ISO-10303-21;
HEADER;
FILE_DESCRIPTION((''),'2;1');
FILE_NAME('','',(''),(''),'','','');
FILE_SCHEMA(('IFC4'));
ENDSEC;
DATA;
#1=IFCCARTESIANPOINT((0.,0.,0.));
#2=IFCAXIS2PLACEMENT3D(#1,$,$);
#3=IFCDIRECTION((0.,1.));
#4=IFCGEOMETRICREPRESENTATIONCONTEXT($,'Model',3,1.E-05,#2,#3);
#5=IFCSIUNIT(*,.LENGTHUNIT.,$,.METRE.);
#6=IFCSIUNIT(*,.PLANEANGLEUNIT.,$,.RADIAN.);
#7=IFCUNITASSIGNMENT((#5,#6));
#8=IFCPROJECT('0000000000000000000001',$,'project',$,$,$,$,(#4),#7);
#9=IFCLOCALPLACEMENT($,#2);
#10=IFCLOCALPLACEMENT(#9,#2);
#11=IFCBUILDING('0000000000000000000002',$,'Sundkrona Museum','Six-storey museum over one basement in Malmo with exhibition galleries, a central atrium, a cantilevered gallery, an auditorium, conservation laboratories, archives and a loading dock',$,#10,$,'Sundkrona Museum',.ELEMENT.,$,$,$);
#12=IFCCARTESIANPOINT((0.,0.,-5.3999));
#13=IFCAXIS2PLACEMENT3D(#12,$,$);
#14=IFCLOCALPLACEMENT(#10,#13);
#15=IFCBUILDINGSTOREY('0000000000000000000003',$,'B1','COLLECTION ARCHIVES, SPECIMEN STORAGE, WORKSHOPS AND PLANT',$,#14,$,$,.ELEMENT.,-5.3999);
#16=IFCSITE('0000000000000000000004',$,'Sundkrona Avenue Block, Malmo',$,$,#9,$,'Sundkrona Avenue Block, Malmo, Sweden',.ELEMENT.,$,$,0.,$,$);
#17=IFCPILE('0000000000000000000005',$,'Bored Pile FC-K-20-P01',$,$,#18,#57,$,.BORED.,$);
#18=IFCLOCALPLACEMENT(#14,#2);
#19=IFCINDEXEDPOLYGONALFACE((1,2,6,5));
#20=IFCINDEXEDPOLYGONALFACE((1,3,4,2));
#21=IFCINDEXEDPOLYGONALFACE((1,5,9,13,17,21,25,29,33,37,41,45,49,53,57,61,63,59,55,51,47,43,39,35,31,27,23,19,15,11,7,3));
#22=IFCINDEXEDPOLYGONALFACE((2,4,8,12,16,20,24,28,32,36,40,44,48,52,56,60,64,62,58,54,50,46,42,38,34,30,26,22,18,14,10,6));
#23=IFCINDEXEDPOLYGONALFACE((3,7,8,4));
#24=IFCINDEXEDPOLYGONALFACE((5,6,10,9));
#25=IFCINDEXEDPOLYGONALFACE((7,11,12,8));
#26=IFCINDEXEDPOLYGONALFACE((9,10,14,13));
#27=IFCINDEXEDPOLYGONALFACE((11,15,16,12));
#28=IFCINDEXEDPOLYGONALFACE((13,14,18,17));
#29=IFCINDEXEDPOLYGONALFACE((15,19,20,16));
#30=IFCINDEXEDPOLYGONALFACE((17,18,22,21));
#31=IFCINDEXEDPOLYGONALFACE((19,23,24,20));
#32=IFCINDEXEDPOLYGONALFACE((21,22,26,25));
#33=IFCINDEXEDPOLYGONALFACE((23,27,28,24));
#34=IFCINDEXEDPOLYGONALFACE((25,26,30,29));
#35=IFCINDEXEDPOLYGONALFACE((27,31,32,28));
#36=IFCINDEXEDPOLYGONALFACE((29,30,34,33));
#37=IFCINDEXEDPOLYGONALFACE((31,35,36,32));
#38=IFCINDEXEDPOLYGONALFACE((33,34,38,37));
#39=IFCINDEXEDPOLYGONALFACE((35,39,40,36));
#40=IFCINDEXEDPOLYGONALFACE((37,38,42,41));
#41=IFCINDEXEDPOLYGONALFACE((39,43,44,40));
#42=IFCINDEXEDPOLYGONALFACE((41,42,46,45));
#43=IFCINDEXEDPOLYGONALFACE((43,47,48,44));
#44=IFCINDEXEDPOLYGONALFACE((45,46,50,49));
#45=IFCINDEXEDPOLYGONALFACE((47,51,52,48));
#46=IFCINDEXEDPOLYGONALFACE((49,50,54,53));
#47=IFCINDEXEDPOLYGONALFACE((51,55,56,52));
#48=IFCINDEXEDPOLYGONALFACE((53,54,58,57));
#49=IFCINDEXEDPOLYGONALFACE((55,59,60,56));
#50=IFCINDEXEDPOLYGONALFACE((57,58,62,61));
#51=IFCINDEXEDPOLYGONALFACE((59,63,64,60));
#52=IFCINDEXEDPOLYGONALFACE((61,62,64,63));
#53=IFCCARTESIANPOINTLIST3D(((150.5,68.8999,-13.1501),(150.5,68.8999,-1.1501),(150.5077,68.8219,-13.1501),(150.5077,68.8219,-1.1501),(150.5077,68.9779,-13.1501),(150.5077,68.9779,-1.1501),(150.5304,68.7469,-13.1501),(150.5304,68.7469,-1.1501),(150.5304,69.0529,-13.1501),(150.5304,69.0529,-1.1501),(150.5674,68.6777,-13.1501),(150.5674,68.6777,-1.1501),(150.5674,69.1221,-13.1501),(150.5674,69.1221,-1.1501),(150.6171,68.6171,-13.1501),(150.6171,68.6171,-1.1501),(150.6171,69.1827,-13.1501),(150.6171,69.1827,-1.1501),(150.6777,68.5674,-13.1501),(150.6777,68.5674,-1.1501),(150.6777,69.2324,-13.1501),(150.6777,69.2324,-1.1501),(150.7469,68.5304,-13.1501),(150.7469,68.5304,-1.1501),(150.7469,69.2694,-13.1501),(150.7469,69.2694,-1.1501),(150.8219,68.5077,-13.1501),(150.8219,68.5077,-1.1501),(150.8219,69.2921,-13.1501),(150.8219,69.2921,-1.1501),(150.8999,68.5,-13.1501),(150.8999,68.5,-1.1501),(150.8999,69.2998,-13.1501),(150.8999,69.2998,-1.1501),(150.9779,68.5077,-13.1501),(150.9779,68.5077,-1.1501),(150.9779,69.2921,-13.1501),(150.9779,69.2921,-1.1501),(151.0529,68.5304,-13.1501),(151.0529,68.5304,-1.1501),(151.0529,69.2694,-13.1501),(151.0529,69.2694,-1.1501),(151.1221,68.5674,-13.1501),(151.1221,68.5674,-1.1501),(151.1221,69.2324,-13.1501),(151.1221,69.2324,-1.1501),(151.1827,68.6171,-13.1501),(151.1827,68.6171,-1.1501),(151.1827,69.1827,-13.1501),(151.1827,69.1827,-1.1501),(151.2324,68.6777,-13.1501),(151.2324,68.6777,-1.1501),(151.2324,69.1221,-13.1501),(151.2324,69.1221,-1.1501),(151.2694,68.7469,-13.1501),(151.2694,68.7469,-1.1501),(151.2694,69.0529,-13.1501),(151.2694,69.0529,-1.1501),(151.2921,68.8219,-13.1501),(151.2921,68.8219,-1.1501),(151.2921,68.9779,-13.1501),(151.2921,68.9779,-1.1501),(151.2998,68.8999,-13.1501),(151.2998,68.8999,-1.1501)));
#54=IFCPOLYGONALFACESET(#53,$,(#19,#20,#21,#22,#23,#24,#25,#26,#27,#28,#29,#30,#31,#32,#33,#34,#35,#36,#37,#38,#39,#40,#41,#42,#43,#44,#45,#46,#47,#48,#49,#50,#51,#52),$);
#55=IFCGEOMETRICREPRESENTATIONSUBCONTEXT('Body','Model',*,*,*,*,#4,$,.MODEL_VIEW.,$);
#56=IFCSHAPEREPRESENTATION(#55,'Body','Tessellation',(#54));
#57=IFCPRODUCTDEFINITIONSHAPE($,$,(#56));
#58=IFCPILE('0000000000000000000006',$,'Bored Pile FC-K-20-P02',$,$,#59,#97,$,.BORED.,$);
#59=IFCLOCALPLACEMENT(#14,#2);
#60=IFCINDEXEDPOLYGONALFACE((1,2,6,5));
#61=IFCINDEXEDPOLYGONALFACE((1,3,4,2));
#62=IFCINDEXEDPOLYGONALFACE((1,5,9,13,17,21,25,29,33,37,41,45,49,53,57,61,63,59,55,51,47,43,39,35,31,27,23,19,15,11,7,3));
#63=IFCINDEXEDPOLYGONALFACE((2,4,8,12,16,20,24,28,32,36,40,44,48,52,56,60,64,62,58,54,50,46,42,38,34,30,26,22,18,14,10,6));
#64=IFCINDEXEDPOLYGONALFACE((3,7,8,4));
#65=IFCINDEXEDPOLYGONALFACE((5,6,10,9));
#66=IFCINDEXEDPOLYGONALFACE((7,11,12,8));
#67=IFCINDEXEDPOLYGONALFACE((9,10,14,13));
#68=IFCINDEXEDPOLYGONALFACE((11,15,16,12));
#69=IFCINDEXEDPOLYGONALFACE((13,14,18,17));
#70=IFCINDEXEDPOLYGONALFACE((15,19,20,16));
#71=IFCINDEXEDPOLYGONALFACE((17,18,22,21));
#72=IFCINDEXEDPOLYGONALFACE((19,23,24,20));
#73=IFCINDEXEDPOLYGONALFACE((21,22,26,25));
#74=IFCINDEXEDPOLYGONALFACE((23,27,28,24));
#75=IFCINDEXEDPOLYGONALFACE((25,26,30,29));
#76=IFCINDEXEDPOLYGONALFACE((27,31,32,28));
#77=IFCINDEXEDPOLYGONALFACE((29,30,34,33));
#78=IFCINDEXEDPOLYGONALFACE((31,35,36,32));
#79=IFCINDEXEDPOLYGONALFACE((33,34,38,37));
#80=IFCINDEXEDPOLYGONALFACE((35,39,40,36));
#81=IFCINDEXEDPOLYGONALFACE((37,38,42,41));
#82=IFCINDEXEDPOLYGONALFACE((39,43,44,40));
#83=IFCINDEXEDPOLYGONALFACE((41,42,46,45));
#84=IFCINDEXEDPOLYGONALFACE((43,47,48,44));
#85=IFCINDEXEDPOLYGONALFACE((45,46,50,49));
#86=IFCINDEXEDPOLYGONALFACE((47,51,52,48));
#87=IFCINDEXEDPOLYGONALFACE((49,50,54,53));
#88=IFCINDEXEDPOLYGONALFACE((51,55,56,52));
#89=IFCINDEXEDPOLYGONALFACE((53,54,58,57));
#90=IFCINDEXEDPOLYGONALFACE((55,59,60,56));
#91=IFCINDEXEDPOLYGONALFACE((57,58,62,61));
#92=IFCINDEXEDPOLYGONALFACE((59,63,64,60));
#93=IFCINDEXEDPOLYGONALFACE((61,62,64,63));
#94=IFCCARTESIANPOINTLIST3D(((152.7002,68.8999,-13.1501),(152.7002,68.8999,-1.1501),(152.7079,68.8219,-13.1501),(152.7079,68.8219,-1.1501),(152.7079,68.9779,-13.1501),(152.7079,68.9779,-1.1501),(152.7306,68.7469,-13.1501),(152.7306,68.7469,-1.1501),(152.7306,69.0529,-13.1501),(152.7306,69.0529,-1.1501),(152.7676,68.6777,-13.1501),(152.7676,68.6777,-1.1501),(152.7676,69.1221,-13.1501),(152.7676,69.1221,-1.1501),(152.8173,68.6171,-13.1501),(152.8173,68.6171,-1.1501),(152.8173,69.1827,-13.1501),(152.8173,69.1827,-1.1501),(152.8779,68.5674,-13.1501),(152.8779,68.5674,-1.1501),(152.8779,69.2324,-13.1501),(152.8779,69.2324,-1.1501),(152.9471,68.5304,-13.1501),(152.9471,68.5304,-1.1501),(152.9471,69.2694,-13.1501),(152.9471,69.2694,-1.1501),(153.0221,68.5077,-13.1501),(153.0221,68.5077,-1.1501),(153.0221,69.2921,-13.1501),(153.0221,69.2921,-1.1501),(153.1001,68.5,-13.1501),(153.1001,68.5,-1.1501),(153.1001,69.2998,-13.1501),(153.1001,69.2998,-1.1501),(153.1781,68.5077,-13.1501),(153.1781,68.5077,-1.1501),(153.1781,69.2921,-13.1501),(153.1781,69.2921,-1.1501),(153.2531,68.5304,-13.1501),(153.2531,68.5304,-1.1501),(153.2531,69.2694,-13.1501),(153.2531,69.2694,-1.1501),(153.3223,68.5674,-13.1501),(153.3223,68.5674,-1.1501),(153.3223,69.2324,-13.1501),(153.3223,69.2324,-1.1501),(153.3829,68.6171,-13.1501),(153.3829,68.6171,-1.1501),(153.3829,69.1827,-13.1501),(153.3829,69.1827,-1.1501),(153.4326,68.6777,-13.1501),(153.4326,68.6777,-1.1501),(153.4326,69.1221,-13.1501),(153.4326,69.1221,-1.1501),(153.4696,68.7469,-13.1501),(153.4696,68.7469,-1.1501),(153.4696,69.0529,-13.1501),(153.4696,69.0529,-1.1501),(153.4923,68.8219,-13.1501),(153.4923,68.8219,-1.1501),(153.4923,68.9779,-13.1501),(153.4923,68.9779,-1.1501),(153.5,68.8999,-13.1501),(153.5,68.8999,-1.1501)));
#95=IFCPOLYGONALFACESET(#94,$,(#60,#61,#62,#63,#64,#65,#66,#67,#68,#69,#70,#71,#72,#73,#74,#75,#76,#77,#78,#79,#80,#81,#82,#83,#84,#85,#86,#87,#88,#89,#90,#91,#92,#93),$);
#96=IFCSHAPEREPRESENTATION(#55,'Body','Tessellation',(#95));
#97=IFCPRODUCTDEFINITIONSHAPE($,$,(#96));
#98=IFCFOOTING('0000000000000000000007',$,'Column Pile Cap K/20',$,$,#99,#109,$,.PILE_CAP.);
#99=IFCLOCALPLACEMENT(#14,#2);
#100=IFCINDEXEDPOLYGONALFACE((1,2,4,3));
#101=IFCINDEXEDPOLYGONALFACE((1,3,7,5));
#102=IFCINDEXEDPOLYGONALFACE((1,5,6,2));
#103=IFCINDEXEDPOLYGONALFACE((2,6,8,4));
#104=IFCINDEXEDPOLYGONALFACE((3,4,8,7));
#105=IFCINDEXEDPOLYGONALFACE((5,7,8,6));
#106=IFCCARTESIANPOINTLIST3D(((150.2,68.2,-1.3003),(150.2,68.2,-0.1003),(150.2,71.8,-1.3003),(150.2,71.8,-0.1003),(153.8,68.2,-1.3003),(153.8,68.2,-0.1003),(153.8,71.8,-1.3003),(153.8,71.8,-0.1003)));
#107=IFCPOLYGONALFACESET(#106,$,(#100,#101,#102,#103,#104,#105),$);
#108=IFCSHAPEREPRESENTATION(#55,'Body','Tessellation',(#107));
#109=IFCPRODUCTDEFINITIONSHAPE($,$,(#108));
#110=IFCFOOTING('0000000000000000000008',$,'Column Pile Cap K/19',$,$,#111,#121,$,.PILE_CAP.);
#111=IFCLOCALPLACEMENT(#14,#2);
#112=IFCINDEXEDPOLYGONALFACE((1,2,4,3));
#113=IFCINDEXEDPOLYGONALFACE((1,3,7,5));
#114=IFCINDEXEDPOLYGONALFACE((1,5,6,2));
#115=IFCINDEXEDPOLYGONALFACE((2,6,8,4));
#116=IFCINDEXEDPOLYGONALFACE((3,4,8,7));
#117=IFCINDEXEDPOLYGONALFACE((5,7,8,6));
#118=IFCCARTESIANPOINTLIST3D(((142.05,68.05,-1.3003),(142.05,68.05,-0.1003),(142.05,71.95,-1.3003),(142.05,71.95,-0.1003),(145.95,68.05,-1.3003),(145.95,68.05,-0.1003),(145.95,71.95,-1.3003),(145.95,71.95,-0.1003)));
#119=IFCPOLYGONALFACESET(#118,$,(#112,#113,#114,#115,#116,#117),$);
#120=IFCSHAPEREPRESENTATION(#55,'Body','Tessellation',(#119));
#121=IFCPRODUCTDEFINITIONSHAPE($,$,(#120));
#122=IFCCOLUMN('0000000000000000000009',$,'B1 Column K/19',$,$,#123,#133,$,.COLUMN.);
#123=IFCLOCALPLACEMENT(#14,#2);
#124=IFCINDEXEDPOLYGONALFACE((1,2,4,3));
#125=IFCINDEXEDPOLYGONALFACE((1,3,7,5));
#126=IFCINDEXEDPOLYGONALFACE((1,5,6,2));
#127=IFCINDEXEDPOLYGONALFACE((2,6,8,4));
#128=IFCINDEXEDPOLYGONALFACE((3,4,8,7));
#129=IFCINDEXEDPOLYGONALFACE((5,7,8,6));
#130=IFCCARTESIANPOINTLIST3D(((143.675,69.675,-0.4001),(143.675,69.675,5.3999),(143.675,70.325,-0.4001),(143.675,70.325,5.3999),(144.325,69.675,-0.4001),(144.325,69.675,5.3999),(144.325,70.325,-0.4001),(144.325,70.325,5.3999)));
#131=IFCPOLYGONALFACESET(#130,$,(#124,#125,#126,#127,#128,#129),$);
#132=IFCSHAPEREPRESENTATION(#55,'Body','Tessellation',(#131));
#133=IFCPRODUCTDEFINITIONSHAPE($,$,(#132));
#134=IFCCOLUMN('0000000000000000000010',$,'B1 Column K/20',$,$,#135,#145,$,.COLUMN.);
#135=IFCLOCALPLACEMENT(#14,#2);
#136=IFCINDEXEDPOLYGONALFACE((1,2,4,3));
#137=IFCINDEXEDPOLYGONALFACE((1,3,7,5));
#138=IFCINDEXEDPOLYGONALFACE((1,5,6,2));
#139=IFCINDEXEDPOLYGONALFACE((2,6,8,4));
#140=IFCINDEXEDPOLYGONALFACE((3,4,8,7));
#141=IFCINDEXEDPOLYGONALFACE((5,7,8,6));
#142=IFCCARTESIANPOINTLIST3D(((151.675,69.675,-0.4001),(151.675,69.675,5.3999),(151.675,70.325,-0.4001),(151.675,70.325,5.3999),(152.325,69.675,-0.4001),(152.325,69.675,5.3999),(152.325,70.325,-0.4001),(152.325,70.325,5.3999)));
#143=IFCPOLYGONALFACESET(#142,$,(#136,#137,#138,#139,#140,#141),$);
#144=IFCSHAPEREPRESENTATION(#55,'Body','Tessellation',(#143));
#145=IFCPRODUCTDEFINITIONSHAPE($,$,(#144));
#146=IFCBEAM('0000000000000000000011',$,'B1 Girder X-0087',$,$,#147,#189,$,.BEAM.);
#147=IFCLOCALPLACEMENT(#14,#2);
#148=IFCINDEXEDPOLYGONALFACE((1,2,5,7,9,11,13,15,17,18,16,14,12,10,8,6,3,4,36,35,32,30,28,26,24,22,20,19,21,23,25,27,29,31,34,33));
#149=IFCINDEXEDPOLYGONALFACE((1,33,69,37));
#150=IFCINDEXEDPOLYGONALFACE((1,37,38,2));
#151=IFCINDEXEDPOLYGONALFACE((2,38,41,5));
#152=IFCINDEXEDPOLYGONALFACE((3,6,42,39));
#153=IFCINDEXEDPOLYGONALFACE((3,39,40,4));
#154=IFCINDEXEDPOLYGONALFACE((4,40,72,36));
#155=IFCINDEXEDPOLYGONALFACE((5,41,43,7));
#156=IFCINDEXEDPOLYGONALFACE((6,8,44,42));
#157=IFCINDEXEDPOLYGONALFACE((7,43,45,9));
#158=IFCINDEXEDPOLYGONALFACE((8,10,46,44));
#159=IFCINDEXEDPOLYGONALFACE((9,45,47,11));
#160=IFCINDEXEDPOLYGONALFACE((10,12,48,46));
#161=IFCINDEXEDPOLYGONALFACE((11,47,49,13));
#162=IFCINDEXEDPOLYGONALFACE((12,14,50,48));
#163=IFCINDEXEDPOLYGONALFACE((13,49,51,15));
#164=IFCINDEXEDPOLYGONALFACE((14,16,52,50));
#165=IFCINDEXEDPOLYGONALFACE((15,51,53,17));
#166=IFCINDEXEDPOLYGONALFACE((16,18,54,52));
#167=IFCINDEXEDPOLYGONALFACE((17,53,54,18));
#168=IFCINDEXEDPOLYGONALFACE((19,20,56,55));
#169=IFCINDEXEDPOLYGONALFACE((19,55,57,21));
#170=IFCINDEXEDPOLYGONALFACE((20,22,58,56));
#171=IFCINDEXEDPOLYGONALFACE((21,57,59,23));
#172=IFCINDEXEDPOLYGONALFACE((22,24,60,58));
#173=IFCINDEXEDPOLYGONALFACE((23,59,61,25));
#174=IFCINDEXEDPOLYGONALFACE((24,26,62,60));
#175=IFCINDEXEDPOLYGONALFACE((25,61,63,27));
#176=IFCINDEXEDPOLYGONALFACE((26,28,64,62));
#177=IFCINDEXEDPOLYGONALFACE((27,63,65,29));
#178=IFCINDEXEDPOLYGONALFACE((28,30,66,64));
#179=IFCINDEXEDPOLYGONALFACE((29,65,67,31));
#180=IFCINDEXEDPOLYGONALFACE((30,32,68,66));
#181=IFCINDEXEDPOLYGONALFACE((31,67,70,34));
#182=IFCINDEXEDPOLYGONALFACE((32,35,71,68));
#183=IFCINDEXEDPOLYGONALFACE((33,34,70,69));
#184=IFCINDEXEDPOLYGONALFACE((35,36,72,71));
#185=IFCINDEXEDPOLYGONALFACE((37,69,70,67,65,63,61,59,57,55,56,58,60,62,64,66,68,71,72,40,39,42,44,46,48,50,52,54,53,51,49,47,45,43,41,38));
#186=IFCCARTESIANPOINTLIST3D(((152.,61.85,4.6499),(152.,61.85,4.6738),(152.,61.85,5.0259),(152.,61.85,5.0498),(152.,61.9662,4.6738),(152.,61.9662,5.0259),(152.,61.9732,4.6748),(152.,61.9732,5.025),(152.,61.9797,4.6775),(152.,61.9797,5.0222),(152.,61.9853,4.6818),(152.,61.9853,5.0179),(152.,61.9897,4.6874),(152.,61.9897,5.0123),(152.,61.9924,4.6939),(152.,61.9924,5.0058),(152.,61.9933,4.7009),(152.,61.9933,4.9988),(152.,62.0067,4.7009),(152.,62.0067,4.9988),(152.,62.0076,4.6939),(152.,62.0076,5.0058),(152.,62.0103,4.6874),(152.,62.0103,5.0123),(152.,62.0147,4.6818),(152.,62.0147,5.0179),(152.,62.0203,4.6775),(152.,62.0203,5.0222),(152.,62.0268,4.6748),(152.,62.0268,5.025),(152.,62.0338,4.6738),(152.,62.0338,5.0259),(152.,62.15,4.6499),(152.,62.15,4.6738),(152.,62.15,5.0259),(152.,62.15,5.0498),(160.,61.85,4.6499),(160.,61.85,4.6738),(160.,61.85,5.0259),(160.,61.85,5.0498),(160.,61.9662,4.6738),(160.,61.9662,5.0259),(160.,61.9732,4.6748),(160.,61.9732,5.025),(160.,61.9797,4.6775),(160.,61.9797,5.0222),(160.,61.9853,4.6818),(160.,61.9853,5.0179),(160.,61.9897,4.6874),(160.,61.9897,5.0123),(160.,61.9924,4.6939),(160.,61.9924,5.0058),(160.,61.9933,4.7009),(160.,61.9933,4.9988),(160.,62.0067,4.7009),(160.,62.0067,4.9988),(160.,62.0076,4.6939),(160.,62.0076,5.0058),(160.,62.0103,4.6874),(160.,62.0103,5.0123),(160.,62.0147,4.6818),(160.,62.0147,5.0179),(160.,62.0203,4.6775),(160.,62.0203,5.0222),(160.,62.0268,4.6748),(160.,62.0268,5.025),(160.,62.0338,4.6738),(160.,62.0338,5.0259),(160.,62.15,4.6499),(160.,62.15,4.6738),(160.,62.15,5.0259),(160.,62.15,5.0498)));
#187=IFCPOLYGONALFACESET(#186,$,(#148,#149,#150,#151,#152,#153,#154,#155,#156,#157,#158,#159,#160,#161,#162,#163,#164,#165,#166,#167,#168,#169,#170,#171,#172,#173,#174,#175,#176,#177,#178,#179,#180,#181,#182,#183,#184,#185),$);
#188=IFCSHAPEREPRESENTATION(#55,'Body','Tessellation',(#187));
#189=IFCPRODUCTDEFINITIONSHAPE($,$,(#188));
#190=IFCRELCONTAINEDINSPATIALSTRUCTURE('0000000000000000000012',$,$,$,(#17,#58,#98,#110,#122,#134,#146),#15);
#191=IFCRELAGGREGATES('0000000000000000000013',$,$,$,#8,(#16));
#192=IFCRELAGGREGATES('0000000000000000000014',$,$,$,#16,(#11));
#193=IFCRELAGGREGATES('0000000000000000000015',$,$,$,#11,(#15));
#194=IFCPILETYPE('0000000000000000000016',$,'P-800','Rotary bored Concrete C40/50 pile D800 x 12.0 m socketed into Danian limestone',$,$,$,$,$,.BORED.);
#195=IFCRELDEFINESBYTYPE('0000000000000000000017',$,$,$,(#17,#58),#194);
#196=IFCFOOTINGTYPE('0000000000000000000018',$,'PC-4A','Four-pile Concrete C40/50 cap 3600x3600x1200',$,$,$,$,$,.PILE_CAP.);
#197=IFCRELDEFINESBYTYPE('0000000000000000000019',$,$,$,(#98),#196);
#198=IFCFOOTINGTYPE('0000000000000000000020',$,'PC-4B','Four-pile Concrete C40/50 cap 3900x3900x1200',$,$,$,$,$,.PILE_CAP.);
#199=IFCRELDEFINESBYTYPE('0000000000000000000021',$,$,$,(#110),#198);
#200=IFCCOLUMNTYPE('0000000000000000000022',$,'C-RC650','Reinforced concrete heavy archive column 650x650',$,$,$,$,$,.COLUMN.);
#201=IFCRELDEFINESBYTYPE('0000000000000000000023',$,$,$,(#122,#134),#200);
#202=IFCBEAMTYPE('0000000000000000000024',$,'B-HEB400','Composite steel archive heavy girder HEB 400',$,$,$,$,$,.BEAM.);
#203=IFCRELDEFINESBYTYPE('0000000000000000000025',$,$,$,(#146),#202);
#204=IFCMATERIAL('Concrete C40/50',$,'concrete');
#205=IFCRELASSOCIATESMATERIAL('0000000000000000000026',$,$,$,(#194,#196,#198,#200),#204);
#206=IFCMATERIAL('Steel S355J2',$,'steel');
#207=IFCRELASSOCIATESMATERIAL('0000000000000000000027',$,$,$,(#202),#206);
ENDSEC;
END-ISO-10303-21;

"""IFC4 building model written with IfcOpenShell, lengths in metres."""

from ifc_helpers import new_model, si_unit, direction, frame, origin, origin_2d, place, context, subcontext, project, spatial, rectangle, circle, i_section, extrude, material, material_profile, profile_set, type_object, element, save


model = new_model("IFC4")

# Units and contexts
model_context = context("Model", 3, precision=1e-05, world=origin(), true_north=direction((0.0, 1.0)))
body_context = subcontext(model_context, "Body", "Model", "MODEL_VIEW")
ifc_project = project(units=[si_unit("LENGTHUNIT", "METRE"), si_unit("PLANEANGLEUNIT", "RADIAN")], contexts=[model_context])

# Site, building, storey
site_placement = place(None, origin())
site = spatial("IfcSite", under=ifc_project, at=site_placement, Name="Sundkrona Avenue Block, Malmo", LongName="Sundkrona Avenue Block, Malmo, Sweden", CompositionType="ELEMENT", RefElevation=0.0)
building_placement = place(site_placement, origin())
building = spatial("IfcBuilding", under=site, at=building_placement, Name="Sundkrona Museum", Description="Six-storey museum over one basement in Malmo with exhibition galleries, a central atrium, a cantilevered gallery, an auditorium, conservation laboratories, archives and a loading dock", LongName="Sundkrona Museum", CompositionType="ELEMENT")
storey_placement = place(building_placement, frame((0.0, 0.0, -5.3999)))
storey = spatial("IfcBuildingStorey", under=building, at=storey_placement, Name="B1", Description="COLLECTION ARCHIVES, SPECIMEN STORAGE, WORKSHOPS AND PLANT", CompositionType="ELEMENT", Elevation=-5.3999)

# Shared definitions
ifc_material_1 = material(Name="Concrete C40/50", Category="concrete")

# Piles
ifc_material_profile_1 = material_profile(ifc_material_1, circle(Radius=0.3999, at=origin_2d()), Name="PILE D800")
ifc_profile_set_1 = profile_set([ifc_material_profile_1], Name="Concrete C40/50")
pile_type = type_object("IfcPileType", Name="P-800", Description="Rotary bored Concrete C40/50 pile D800 x 12.0 m socketed into Danian limestone", PredefinedType="BORED", material=ifc_profile_set_1)
for number, where, z_axis, x_axis, name in (
    (1, (150.8999, 68.8999, -1.1501), (0.0, 0.0, -1.0), (1.0, 0.0, 0.0), "Bored Pile FC-K-20-P01"),
    (2, (153.1001, 68.8999, -1.1501), (0.0, 0.0, -1.0), (1.0, 0.0, 0.0), "Bored Pile FC-K-20-P02"),
):
    element("IfcPile", number, at=place(storey_placement, frame(where, z_axis=z_axis, x_axis=x_axis)), inside=storey, type_object=pile_type, Name=name, PredefinedType="BORED", context=body_context, shape_type="SweptSolid", body=[
        extrude(circle(Radius=0.3999, at=origin_2d()), origin(), (0.0, 0.0, 1.0), 12.0),
    ])

# Footings
footing_type_1 = type_object("IfcFootingType", Name="PC-4A", Description="Four-pile Concrete C40/50 cap 3600x3600x1200", PredefinedType="PILE_CAP", material=ifc_material_1)
footing_1_placement = place(storey_placement, frame((152.0, 70.0, -1.3003), z_axis=(0.0, 0.0, 1.0), x_axis=(1.0, 0.0, 0.0)))
element("IfcFooting", 3, at=footing_1_placement, inside=storey, type_object=footing_type_1, Name="Column Pile Cap K/20", PredefinedType="PILE_CAP", context=body_context, shape_type="SweptSolid", body=[
    extrude(rectangle(XDim=3.6001, YDim=3.6001, at=origin_2d()), origin(), (0.0, 0.0, 1.0), 1.2),
])
footing_type_2 = type_object("IfcFootingType", Name="PC-4B", Description="Four-pile Concrete C40/50 cap 3900x3900x1200", PredefinedType="PILE_CAP", material=ifc_material_1)
footing_2_placement = place(storey_placement, frame((144.0, 70.0, -1.3003), z_axis=(0.0, 0.0, 1.0), x_axis=(1.0, 0.0, 0.0)))
element("IfcFooting", 4, at=footing_2_placement, inside=storey, type_object=footing_type_2, Name="Column Pile Cap K/19", PredefinedType="PILE_CAP", context=body_context, shape_type="SweptSolid", body=[
    extrude(rectangle(XDim=3.8999, YDim=3.8999, at=origin_2d()), origin(), (0.0, 0.0, 1.0), 1.2),
])

# Columns
ifc_material_profile_2 = material_profile(ifc_material_1, rectangle(XDim=0.6499, YDim=0.6499, at=origin_2d()), Name="RC 650x650")
ifc_profile_set_2 = profile_set([ifc_material_profile_2], Name="Concrete C40/50")
column_type = type_object("IfcColumnType", Name="C-RC650", Description="Reinforced concrete heavy archive column 650x650", PredefinedType="COLUMN", material=ifc_profile_set_2)
for number, where, z_axis, x_axis, name in (
    (5, (144.0, 70.0, -0.4001), (0.0, 0.0, 1.0), (1.0, 0.0, 0.0), "B1 Column K/19"),
    (6, (152.0, 70.0, -0.4001), (0.0, 0.0, 1.0), (1.0, 0.0, 0.0), "B1 Column K/20"),
):
    element("IfcColumn", number, at=place(storey_placement, frame(where, z_axis=z_axis, x_axis=x_axis)), inside=storey, type_object=column_type, Name=name, PredefinedType="COLUMN", context=body_context, shape_type="SweptSolid", body=[
        extrude(rectangle(XDim=0.6499, YDim=0.6499, at=origin_2d()), origin(), (0.0, 0.0, 1.0), 5.8),
    ])

# Beam
ifc_material_2 = material(Name="Steel S355J2", Category="steel")
ifc_material_profile_3 = material_profile(ifc_material_2, i_section(OverallWidth=0.3, OverallDepth=0.3999, WebThickness=0.0134, FlangeThickness=0.0239, FilletRadius=0.0271, at=origin_2d()), Name="HEB 400")
ifc_profile_set_3 = profile_set([ifc_material_profile_3], Name="Steel S355J2")
beam_type_1 = type_object("IfcBeamType", Name="B-HEB400", Description="Composite steel archive heavy girder HEB 400", PredefinedType="BEAM", material=ifc_profile_set_3)
for number, where, z_axis, x_axis, name in (
    (7, (152.0, 62.0, 4.8499), (1.0, 0.0, 0.0), (0.0, 1.0, 0.0), "B1 Girder X-0087"),
):
    element("IfcBeam", number, at=place(storey_placement, frame(where, z_axis=z_axis, x_axis=x_axis)), inside=storey, type_object=beam_type_1, Name=name, PredefinedType="BEAM", context=body_context, shape_type="SweptSolid", body=[
        extrude(i_section(OverallWidth=0.3, OverallDepth=0.3999, WebThickness=0.0134, FlangeThickness=0.0239, FilletRadius=0.0271, at=origin_2d()), origin(), (0.0, 0.0, 1.0), 8.0),
    ])

save(model, "model.ifc")
